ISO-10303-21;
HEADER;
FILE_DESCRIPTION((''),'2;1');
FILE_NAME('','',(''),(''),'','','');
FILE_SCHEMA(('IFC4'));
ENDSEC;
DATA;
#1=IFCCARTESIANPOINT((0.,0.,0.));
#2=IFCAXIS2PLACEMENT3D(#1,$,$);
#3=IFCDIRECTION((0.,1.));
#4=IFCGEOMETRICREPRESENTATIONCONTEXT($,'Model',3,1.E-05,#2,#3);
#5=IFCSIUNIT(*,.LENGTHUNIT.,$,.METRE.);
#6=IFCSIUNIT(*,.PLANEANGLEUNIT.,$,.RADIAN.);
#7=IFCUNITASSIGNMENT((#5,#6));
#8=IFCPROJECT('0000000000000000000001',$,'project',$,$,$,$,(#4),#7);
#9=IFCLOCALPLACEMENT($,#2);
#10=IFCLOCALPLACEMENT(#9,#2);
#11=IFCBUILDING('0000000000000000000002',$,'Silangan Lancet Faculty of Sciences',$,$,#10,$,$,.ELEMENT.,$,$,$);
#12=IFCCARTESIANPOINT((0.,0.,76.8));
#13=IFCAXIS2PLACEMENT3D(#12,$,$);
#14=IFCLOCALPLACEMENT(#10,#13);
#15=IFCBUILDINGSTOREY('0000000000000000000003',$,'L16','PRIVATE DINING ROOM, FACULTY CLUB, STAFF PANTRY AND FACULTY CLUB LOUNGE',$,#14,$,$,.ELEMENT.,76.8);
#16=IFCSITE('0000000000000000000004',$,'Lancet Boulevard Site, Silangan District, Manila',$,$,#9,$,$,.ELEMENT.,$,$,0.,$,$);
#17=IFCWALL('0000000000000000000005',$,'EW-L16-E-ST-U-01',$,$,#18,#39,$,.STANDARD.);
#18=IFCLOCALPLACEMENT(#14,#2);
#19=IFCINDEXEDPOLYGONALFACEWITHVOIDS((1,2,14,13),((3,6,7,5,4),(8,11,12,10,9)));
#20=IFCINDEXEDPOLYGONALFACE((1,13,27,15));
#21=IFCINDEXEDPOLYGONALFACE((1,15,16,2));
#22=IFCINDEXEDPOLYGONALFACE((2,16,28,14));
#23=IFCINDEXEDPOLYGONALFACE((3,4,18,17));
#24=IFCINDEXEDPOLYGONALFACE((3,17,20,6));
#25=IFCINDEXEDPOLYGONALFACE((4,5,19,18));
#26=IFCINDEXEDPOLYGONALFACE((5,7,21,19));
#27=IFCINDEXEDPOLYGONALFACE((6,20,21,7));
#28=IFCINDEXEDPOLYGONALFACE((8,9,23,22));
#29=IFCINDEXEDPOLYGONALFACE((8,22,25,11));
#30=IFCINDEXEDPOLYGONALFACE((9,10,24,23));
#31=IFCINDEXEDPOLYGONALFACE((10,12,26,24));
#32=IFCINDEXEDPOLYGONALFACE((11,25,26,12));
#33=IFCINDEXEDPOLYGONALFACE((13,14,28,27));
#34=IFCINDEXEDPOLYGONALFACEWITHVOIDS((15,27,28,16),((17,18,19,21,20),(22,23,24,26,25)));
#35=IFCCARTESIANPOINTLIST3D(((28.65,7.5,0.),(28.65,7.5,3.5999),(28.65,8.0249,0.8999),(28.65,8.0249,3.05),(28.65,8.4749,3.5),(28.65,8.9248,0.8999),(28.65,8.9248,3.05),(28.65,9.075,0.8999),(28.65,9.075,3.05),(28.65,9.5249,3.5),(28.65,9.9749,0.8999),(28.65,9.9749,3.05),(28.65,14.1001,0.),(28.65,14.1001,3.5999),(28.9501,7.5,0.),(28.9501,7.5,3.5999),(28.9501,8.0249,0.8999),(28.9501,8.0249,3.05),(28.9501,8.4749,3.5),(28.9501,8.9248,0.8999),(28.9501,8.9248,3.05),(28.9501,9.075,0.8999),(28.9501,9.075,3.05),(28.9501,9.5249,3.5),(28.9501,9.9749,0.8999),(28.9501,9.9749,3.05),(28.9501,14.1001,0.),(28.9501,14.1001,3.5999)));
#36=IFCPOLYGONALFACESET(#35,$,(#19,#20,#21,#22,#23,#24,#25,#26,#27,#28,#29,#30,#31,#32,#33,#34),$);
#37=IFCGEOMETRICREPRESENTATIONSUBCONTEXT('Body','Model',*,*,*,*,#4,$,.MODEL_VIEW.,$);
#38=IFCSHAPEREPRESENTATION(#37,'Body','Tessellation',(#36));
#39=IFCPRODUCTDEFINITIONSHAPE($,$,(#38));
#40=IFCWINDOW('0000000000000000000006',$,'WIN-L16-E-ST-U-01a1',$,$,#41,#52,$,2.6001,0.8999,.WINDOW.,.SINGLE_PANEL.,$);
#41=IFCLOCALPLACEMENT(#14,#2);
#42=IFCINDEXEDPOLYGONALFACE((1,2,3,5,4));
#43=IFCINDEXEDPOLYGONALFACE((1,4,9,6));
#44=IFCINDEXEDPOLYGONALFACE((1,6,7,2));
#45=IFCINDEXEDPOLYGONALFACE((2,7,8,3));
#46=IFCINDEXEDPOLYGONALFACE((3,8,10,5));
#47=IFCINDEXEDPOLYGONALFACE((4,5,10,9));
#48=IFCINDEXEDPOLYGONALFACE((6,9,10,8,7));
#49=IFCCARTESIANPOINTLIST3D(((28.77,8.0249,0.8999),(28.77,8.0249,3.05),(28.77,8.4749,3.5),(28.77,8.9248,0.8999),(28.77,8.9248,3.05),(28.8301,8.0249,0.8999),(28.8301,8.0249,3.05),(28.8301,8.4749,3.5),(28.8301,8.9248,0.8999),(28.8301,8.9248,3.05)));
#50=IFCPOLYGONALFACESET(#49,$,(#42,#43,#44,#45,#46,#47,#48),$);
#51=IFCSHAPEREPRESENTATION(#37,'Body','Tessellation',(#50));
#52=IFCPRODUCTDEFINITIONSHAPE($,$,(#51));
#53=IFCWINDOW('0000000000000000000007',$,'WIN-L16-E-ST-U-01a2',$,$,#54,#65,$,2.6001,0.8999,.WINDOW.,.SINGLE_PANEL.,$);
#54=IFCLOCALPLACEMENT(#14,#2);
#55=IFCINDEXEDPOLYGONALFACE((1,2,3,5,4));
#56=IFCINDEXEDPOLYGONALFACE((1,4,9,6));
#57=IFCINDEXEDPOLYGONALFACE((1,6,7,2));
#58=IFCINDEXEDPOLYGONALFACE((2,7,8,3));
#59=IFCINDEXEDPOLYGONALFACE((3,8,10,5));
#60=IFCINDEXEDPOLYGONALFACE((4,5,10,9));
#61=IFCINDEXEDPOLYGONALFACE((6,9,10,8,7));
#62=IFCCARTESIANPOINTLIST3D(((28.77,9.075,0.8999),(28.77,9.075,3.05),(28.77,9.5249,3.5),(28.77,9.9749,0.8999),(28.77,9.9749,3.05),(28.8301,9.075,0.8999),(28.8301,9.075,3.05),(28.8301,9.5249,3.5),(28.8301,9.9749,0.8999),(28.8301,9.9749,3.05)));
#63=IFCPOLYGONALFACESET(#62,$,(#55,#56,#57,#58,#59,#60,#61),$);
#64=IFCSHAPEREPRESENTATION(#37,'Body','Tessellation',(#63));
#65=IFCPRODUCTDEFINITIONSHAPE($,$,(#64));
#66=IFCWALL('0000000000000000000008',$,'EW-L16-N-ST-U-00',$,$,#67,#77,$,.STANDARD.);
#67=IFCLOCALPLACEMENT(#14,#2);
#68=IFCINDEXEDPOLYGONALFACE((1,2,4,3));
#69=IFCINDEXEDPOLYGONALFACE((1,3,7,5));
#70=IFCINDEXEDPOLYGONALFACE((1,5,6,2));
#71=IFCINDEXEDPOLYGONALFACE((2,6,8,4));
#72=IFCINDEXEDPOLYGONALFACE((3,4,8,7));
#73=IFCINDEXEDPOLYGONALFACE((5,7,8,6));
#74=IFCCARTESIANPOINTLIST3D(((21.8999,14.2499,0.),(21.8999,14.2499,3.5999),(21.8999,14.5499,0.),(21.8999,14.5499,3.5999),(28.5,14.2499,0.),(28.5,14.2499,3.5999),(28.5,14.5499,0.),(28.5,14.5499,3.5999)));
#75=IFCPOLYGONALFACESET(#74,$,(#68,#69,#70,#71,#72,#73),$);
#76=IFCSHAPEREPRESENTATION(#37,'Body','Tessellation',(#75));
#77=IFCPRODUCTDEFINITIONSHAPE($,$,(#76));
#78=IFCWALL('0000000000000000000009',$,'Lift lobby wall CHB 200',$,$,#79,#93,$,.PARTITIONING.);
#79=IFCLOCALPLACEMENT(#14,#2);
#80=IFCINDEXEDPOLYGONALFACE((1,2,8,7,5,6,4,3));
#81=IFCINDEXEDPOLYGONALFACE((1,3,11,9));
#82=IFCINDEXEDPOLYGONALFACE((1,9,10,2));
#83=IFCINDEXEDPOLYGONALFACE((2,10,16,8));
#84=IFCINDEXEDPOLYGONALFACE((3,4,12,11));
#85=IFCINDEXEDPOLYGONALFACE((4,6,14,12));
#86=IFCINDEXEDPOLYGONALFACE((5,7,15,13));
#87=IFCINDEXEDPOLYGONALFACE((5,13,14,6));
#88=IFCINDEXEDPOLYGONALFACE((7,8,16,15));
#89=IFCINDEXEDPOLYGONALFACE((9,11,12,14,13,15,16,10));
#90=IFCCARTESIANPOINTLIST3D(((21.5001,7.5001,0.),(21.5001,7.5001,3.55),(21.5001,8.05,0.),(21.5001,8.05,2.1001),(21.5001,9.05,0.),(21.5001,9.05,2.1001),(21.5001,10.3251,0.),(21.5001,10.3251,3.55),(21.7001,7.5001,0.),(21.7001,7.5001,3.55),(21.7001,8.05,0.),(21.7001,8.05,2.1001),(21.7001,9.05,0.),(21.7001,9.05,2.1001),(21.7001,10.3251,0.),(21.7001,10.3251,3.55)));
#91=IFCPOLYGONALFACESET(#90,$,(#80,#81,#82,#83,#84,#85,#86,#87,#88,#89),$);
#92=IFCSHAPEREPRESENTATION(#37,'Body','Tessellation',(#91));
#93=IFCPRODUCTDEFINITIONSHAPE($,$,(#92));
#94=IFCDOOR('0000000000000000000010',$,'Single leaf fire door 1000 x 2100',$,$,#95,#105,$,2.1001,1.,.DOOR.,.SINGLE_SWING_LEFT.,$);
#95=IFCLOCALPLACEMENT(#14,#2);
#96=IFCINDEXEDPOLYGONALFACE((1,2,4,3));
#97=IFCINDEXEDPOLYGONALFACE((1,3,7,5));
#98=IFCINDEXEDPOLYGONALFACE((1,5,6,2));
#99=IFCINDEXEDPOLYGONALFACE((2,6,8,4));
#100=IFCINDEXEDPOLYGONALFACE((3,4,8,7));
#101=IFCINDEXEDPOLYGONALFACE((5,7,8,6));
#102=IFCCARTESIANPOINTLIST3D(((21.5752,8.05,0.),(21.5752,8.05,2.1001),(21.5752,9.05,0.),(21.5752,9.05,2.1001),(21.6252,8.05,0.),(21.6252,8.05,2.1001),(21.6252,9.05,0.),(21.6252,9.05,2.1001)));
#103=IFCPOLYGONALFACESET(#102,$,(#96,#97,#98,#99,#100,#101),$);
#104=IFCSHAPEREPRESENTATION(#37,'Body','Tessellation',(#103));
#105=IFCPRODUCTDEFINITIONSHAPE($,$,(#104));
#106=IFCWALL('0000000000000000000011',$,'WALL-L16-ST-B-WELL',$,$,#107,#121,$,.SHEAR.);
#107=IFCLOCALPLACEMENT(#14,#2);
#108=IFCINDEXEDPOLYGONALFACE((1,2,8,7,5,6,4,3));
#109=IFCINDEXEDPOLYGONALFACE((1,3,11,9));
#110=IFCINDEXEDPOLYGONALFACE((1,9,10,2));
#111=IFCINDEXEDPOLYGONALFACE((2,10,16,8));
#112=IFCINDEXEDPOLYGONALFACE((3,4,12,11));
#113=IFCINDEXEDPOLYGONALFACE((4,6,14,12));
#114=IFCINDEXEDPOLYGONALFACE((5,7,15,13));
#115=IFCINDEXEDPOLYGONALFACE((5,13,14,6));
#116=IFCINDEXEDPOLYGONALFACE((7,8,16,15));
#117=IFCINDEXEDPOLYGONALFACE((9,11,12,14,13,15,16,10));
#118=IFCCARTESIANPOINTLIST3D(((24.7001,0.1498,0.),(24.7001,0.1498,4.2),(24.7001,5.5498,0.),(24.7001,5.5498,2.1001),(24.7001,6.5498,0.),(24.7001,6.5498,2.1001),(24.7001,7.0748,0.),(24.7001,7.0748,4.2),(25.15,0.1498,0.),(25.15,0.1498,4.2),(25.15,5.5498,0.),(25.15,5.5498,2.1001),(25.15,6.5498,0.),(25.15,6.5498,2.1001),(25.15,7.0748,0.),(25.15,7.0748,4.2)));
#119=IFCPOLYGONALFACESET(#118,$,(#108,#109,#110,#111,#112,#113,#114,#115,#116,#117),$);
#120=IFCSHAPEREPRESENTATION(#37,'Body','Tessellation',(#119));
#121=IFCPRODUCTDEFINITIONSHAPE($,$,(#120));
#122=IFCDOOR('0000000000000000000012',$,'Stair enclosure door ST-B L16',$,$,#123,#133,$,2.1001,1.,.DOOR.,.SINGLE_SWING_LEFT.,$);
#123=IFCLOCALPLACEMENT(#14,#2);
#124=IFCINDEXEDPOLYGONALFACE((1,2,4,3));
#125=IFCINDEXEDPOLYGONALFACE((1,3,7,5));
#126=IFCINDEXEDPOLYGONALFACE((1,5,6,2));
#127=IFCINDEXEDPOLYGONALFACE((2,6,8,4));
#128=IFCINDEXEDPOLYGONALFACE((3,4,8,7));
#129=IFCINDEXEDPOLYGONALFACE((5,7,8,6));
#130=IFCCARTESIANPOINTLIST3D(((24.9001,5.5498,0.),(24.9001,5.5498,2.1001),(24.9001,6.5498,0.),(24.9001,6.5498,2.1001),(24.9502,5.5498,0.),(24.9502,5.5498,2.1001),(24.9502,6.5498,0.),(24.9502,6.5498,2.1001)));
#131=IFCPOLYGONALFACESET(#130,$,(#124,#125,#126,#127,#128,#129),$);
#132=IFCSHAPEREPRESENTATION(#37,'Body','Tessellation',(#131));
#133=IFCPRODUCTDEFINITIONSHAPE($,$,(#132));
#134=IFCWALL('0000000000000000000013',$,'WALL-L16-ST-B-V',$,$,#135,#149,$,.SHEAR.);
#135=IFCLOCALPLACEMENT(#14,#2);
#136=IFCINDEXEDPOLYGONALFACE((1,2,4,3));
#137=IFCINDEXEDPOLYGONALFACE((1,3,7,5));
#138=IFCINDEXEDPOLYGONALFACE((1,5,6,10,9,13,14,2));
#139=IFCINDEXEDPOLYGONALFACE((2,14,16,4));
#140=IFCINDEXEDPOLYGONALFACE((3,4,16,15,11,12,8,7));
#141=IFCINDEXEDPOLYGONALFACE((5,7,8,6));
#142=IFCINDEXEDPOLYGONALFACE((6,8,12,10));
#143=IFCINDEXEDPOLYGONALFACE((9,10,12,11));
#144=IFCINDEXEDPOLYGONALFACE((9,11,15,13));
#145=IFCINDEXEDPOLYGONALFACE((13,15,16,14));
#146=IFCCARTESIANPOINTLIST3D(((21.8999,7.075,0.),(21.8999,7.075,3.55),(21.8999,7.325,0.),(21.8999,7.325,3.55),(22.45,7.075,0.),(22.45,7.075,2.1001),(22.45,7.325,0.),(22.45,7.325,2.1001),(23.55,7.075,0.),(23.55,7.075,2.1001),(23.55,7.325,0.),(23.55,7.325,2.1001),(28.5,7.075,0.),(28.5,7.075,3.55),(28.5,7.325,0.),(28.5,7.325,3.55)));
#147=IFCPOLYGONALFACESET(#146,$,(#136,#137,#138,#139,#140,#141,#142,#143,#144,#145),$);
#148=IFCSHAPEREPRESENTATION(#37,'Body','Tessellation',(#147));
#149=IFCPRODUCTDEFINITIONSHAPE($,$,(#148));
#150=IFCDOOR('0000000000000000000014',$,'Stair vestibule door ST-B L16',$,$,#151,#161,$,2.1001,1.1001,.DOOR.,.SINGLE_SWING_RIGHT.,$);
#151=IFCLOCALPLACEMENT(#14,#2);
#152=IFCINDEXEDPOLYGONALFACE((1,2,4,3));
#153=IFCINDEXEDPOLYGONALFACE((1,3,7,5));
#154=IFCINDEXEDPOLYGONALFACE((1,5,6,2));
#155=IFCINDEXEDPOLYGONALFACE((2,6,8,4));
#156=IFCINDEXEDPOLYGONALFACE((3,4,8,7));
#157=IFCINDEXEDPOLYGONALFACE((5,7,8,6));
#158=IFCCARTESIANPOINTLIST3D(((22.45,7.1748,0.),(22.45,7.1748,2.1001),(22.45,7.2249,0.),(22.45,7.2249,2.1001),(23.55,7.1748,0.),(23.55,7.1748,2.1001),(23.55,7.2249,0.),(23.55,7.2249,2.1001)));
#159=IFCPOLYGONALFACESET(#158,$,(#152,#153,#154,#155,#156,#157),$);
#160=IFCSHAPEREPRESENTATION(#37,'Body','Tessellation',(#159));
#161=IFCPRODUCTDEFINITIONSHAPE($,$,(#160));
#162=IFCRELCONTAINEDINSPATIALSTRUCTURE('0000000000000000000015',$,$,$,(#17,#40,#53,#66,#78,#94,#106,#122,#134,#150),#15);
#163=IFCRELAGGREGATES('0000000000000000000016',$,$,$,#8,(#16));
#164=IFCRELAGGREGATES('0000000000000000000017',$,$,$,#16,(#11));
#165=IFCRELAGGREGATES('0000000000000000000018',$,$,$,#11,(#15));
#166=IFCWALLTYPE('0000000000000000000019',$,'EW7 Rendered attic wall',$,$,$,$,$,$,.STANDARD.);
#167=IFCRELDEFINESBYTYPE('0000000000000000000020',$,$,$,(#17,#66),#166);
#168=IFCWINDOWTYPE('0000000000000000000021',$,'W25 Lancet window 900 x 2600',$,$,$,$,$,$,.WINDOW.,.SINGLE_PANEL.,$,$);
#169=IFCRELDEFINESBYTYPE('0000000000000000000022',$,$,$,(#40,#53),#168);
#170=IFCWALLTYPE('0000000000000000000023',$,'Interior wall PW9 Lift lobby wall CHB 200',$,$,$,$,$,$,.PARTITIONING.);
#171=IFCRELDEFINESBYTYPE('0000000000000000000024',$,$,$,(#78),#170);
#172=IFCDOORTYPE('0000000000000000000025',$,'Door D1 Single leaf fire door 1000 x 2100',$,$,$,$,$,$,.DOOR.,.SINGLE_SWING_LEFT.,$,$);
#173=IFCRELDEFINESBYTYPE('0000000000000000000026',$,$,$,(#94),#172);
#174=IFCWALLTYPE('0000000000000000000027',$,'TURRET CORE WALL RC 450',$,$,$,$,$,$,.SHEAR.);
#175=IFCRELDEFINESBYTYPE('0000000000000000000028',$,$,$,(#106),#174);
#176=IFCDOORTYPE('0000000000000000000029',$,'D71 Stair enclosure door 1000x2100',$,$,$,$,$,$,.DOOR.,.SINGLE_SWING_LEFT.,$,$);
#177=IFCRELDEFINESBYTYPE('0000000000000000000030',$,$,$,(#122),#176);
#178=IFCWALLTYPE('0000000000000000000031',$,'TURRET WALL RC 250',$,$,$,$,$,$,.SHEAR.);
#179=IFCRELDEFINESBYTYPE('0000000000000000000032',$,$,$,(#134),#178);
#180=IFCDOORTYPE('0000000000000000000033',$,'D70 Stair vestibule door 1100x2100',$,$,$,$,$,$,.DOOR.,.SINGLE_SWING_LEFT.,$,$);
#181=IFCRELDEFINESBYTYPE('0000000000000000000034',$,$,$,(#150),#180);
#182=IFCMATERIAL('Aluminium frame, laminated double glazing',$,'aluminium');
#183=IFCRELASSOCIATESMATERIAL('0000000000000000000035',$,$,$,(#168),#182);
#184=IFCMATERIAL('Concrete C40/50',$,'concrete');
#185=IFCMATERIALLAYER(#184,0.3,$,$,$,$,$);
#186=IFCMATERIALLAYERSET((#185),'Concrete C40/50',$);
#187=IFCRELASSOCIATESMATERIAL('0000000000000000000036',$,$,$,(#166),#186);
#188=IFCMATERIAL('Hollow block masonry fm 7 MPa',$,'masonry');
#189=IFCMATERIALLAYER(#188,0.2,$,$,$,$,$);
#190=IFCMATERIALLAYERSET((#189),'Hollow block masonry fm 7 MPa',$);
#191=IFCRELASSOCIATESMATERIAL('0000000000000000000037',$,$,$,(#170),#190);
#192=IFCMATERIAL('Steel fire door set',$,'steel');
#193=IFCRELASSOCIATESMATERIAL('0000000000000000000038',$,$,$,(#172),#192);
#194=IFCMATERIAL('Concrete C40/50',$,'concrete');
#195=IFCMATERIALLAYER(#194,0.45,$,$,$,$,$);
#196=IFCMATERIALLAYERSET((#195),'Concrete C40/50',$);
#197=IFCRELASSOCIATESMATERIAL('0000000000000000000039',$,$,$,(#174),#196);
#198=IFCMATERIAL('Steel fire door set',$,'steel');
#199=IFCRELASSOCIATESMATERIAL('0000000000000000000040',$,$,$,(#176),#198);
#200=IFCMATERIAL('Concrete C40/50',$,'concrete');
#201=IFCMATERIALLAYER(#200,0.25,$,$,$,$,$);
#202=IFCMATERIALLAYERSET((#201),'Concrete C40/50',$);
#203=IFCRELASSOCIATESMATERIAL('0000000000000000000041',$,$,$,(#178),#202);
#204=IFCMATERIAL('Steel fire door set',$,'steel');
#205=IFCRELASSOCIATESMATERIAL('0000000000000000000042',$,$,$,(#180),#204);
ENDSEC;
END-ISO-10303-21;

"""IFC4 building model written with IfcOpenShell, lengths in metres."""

from ifc_helpers import new_model, si_unit, direction, frame, frame_2d, origin, place, context, subcontext, project, spatial, polyline, rectangle, outline, extrude, material, layer, layer_set, type_object, element, fill, save


model = new_model("IFC4")

# Units and contexts
model_context = context("Model", 3, precision=1e-05, world=origin(), true_north=direction((0.0, 1.0)))
body_context = subcontext(model_context, "Body", "Model", "MODEL_VIEW")
ifc_project = project(units=[si_unit("LENGTHUNIT", "METRE"), si_unit("PLANEANGLEUNIT", "RADIAN")], contexts=[model_context])

# Site, building, storey
site_placement = place(None, origin())
site = spatial("IfcSite", under=ifc_project, at=site_placement, Name="Lancet Boulevard Site, Silangan District, Manila", CompositionType="ELEMENT", RefElevation=0.0)
building_placement = place(site_placement, origin())
building = spatial("IfcBuilding", under=site, at=building_placement, Name="Silangan Lancet Faculty of Sciences", CompositionType="ELEMENT")
storey_placement = place(building_placement, frame((0.0, 0.0, 76.8)))
storey = spatial("IfcBuildingStorey", under=building, at=storey_placement, Name="L16", Description="PRIVATE DINING ROOM, FACULTY CLUB, STAFF PANTRY AND FACULTY CLUB LOUNGE", CompositionType="ELEMENT", Elevation=76.8)

# Shared definitions
ifc_material_1 = material(Name="Aluminium frame, laminated double glazing", Category="aluminium")
window_type = type_object("IfcWindowType", Name="W25 Lancet window 900 x 2600", PartitioningType="SINGLE_PANEL", PredefinedType="WINDOW", material=ifc_material_1)

# Wall, openings, windows
ifc_material_2 = material(Name="Concrete C40/50", Category="concrete")
ifc_layer_1 = layer(ifc_material_2, 0.3)
ifc_layer_set_1 = layer_set([ifc_layer_1], Name="Concrete C40/50")
wall_type_1 = type_object("IfcWallType", Name="EW7 Rendered attic wall", PredefinedType="STANDARD", material=ifc_layer_set_1)
wall_1_placement = place(storey_placement, frame((28.8, 7.5, 0.0), z_axis=(0.0, 0.0, 1.0), x_axis=(0.0, 1.0, 0.0)))
wall_1 = element("IfcWall", 1, at=wall_1_placement, inside=storey, type_object=wall_type_1, Name="EW-L16-E-ST-U-01", PredefinedType="STANDARD", context=body_context, shape_type="SweptSolid", body=[
    extrude(rectangle(XDim=6.6001, YDim=0.3, at=frame_2d((3.3, 0.0))), origin(), (0.0, 0.0, 1.0), 3.5999),
])
opening_1_placement = place(wall_1_placement, frame((0.5249, 0.0, 0.8999)))
opening_1 = element("IfcOpeningElement", 2, at=opening_1_placement, cuts=wall_1, PredefinedType="OPENING", context=body_context, shape_type="SweptSolid", body=[
    extrude(outline(polyline([(0.0, 0.0), (0.8999, 0.0), (0.8999, 2.1501), (0.45, 2.6001), (0.0, 2.1501), (0.0, 0.0)])), frame((0.0, 0.1599, 0.0), z_axis=(0.0, -1.0, 0.0), x_axis=(1.0, 0.0, 0.0)), (0.0, 0.0, 1.0), 0.3201),
])
opening_2_placement = place(wall_1_placement, frame((1.575, 0.0, 0.8999)))
opening_2 = element("IfcOpeningElement", 3, at=opening_2_placement, cuts=wall_1, PredefinedType="OPENING", context=body_context, shape_type="SweptSolid", body=[
    extrude(outline(polyline([(0.0, 0.0), (0.8999, 0.0), (0.8999, 2.1501), (0.45, 2.6001), (0.0, 2.1501), (0.0, 0.0)])), frame((0.0, 0.1599, 0.0), z_axis=(0.0, -1.0, 0.0), x_axis=(1.0, 0.0, 0.0)), (0.0, 0.0, 1.0), 0.3201),
])
window_1_placement = place(opening_1_placement, origin())
window_1 = element("IfcWindow", 4, at=window_1_placement, inside=storey, type_object=window_type, Name="WIN-L16-E-ST-U-01a1", OverallHeight=2.6001, OverallWidth=0.8999, PartitioningType="SINGLE_PANEL", PredefinedType="WINDOW", context=body_context, shape_type="SweptSolid", body=[
    extrude(outline(polyline([(0.0, 0.0), (0.8999, 0.0), (0.8999, 2.1501), (0.45, 2.6001), (0.0, 2.1501), (0.0, 0.0)])), frame((0.0, 0.03, 0.0), z_axis=(0.0, -1.0, 0.0), x_axis=(1.0, 0.0, 0.0)), (0.0, 0.0, 1.0), 0.0601),
])
fill(opening_1, window_1)
window_2_placement = place(opening_2_placement, origin())
window_2 = element("IfcWindow", 5, at=window_2_placement, inside=storey, type_object=window_type, Name="WIN-L16-E-ST-U-01a2", OverallHeight=2.6001, OverallWidth=0.8999, PartitioningType="SINGLE_PANEL", PredefinedType="WINDOW", context=body_context, shape_type="SweptSolid", body=[
    extrude(outline(polyline([(0.0, 0.0), (0.8999, 0.0), (0.8999, 2.1501), (0.45, 2.6001), (0.0, 2.1501), (0.0, 0.0)])), frame((0.0, 0.03, 0.0), z_axis=(0.0, -1.0, 0.0), x_axis=(1.0, 0.0, 0.0)), (0.0, 0.0, 1.0), 0.0601),
])
fill(opening_2, window_2)

# Wall
wall_2_placement = place(storey_placement, frame((28.5, 14.3999, 0.0), z_axis=(0.0, 0.0, 1.0), x_axis=(-1.0, 0.0, 0.0)))
element("IfcWall", 6, at=wall_2_placement, inside=storey, type_object=wall_type_1, Name="EW-L16-N-ST-U-00", PredefinedType="STANDARD", context=body_context, shape_type="SweptSolid", body=[
    extrude(rectangle(XDim=6.6001, YDim=0.3, at=frame_2d((3.3, 0.0))), origin(), (0.0, 0.0, 1.0), 3.5999),
])

# Walls, openings, doors
ifc_material_3 = material(Name="Hollow block masonry fm 7 MPa", Category="masonry")
ifc_layer_2 = layer(ifc_material_3, 0.2)
ifc_layer_set_2 = layer_set([ifc_layer_2], Name="Hollow block masonry fm 7 MPa")
wall_type_2 = type_object("IfcWallType", Name="Interior wall PW9 Lift lobby wall CHB 200", PredefinedType="PARTITIONING", material=ifc_layer_set_2)
wall_3_placement = place(storey_placement, frame((21.6001, 7.5, 0.0), z_axis=(0.0, 0.0, 1.0), x_axis=(0.0, 1.0, 0.0)))
wall_3 = element("IfcWall", 7, at=wall_3_placement, inside=storey, type_object=wall_type_2, Name="Lift lobby wall CHB 200", PredefinedType="PARTITIONING", context=body_context, shape_type="SweptSolid", body=[
    extrude(rectangle(XDim=2.825, YDim=0.2, at=frame_2d((1.4126, 0.0))), origin(), (0.0, 0.0, 1.0), 3.55),
])
opening_3_placement = place(wall_3_placement, frame((0.55, 0.0, 0.0)))
opening_3 = element("IfcOpeningElement", 8, at=opening_3_placement, cuts=wall_3, PredefinedType="OPENING", context=body_context, shape_type="SweptSolid", body=[
    extrude(rectangle(XDim=1.0, YDim=2.1001, at=frame_2d((0.5, 1.05))), frame((0.0, 0.1099, 0.0), z_axis=(0.0, -1.0, 0.0), x_axis=(1.0, 0.0, 0.0)), (0.0, 0.0, 1.0), 0.22),
])
ifc_material_4 = material(Name="Steel fire door set", Category="steel")
door_type_1 = type_object("IfcDoorType", Name="Door D1 Single leaf fire door 1000 x 2100", OperationType="SINGLE_SWING_LEFT", PredefinedType="DOOR", material=ifc_material_4)
door_1_placement = place(opening_3_placement, origin())
door_1 = element("IfcDoor", 9, at=door_1_placement, inside=storey, type_object=door_type_1, Name="Single leaf fire door 1000 x 2100", OperationType="SINGLE_SWING_LEFT", OverallHeight=2.1001, OverallWidth=1.0, PredefinedType="DOOR", context=body_context, shape_type="SweptSolid", body=[
    extrude(rectangle(XDim=1.0, YDim=2.1001, at=frame_2d((0.5, 1.05))), frame((0.0, 0.0249, 0.0), z_axis=(0.0, -1.0, 0.0), x_axis=(1.0, 0.0, 0.0)), (0.0, 0.0, 1.0), 0.05),
])
fill(opening_3, door_1)
ifc_material_5 = material(Name="Concrete C40/50", Category="concrete")
ifc_layer_3 = layer(ifc_material_5, 0.45)
ifc_layer_set_3 = layer_set([ifc_layer_3], Name="Concrete C40/50")
wall_type_3 = type_object("IfcWallType", Name="TURRET CORE WALL RC 450", PredefinedType="SHEAR", material=ifc_layer_set_3)
wall_4_placement = place(storey_placement, frame((24.925, 0.1499, 0.0), z_axis=(0.0, 0.0, 1.0), x_axis=(0.0, 1.0, 0.0)))
wall_4 = element("IfcWall", 10, at=wall_4_placement, inside=storey, type_object=wall_type_3, Name="WALL-L16-ST-B-WELL", PredefinedType="SHEAR", context=body_context, shape_type="SweptSolid", body=[
    extrude(rectangle(XDim=6.925, YDim=0.45, at=frame_2d((3.4624, 0.0))), origin(), (0.0, 0.0, 1.0), 4.2),
])
opening_4_placement = place(wall_4_placement, frame((5.3999, 0.0, 0.0)))
opening_4 = element("IfcOpeningElement", 11, at=opening_4_placement, cuts=wall_4, PredefinedType="OPENING", context=body_context, shape_type="SweptSolid", body=[
    extrude(rectangle(XDim=1.0, YDim=2.1001, at=frame_2d((0.5, 1.05))), frame((0.0, 0.2349, 0.0), z_axis=(0.0, -1.0, 0.0), x_axis=(1.0, 0.0, 0.0)), (0.0, 0.0, 1.0), 0.47),
])
ifc_material_6 = material(Name="Steel fire door set", Category="steel")
door_type_2 = type_object("IfcDoorType", Name="D71 Stair enclosure door 1000x2100", OperationType="SINGLE_SWING_LEFT", PredefinedType="DOOR", material=ifc_material_6)
door_2_placement = place(opening_4_placement, frame((1.0, 0.0, 0.0), z_axis=(0.0, 0.0, 1.0), x_axis=(-1.0, 0.0, 0.0)))
door_2 = element("IfcDoor", 12, at=door_2_placement, inside=storey, type_object=door_type_2, Name="Stair enclosure door ST-B L16", OperationType="SINGLE_SWING_LEFT", OverallHeight=2.1001, OverallWidth=1.0, PredefinedType="DOOR", context=body_context, shape_type="SweptSolid", body=[
    extrude(rectangle(XDim=1.0, YDim=2.1001, at=frame_2d((0.5, 1.05))), frame((0.0, 0.0251, 0.0), z_axis=(0.0, -1.0, 0.0), x_axis=(1.0, 0.0, 0.0)), (0.0, 0.0, 1.0), 0.05),
])
fill(opening_4, door_2)
ifc_material_7 = material(Name="Concrete C40/50", Category="concrete")
ifc_layer_4 = layer(ifc_material_7, 0.25)
ifc_layer_set_4 = layer_set([ifc_layer_4], Name="Concrete C40/50")
wall_type_4 = type_object("IfcWallType", Name="TURRET WALL RC 250", PredefinedType="SHEAR", material=ifc_layer_set_4)
wall_5_placement = place(storey_placement, frame((21.8999, 7.2, 0.0), z_axis=(0.0, 0.0, 1.0), x_axis=(1.0, 0.0, 0.0)))
wall_5 = element("IfcWall", 13, at=wall_5_placement, inside=storey, type_object=wall_type_4, Name="WALL-L16-ST-B-V", PredefinedType="SHEAR", context=body_context, shape_type="SweptSolid", body=[
    extrude(rectangle(XDim=6.6001, YDim=0.25, at=frame_2d((3.3, 0.0))), origin(), (0.0, 0.0, 1.0), 3.55),
])
opening_5_placement = place(wall_5_placement, frame((0.55, 0.0, 0.0)))
opening_5 = element("IfcOpeningElement", 14, at=opening_5_placement, cuts=wall_5, PredefinedType="OPENING", context=body_context, shape_type="SweptSolid", body=[
    extrude(rectangle(XDim=1.1001, YDim=2.1001, at=frame_2d((0.55, 1.05))), frame((0.0, 0.135, 0.0), z_axis=(0.0, -1.0, 0.0), x_axis=(1.0, 0.0, 0.0)), (0.0, 0.0, 1.0), 0.27),
])
ifc_material_8 = material(Name="Steel fire door set", Category="steel")
door_type_3 = type_object("IfcDoorType", Name="D70 Stair vestibule door 1100x2100", OperationType="SINGLE_SWING_LEFT", PredefinedType="DOOR", material=ifc_material_8)
door_3_placement = place(opening_5_placement, frame((1.1001, 0.0, 0.0), z_axis=(0.0, 0.0, 1.0), x_axis=(-1.0, 0.0, 0.0)))
door_3 = element("IfcDoor", 15, at=door_3_placement, inside=storey, type_object=door_type_3, Name="Stair vestibule door ST-B L16", OperationType="SINGLE_SWING_RIGHT", OverallHeight=2.1001, OverallWidth=1.1001, PredefinedType="DOOR", context=body_context, shape_type="SweptSolid", body=[
    extrude(rectangle(XDim=1.1001, YDim=2.1001, at=frame_2d((0.55, 1.05))), frame((0.0, 0.0251, 0.0), z_axis=(0.0, -1.0, 0.0), x_axis=(1.0, 0.0, 0.0)), (0.0, 0.0, 1.0), 0.05),
])
fill(opening_5, door_3)

save(model, "model.ifc")
